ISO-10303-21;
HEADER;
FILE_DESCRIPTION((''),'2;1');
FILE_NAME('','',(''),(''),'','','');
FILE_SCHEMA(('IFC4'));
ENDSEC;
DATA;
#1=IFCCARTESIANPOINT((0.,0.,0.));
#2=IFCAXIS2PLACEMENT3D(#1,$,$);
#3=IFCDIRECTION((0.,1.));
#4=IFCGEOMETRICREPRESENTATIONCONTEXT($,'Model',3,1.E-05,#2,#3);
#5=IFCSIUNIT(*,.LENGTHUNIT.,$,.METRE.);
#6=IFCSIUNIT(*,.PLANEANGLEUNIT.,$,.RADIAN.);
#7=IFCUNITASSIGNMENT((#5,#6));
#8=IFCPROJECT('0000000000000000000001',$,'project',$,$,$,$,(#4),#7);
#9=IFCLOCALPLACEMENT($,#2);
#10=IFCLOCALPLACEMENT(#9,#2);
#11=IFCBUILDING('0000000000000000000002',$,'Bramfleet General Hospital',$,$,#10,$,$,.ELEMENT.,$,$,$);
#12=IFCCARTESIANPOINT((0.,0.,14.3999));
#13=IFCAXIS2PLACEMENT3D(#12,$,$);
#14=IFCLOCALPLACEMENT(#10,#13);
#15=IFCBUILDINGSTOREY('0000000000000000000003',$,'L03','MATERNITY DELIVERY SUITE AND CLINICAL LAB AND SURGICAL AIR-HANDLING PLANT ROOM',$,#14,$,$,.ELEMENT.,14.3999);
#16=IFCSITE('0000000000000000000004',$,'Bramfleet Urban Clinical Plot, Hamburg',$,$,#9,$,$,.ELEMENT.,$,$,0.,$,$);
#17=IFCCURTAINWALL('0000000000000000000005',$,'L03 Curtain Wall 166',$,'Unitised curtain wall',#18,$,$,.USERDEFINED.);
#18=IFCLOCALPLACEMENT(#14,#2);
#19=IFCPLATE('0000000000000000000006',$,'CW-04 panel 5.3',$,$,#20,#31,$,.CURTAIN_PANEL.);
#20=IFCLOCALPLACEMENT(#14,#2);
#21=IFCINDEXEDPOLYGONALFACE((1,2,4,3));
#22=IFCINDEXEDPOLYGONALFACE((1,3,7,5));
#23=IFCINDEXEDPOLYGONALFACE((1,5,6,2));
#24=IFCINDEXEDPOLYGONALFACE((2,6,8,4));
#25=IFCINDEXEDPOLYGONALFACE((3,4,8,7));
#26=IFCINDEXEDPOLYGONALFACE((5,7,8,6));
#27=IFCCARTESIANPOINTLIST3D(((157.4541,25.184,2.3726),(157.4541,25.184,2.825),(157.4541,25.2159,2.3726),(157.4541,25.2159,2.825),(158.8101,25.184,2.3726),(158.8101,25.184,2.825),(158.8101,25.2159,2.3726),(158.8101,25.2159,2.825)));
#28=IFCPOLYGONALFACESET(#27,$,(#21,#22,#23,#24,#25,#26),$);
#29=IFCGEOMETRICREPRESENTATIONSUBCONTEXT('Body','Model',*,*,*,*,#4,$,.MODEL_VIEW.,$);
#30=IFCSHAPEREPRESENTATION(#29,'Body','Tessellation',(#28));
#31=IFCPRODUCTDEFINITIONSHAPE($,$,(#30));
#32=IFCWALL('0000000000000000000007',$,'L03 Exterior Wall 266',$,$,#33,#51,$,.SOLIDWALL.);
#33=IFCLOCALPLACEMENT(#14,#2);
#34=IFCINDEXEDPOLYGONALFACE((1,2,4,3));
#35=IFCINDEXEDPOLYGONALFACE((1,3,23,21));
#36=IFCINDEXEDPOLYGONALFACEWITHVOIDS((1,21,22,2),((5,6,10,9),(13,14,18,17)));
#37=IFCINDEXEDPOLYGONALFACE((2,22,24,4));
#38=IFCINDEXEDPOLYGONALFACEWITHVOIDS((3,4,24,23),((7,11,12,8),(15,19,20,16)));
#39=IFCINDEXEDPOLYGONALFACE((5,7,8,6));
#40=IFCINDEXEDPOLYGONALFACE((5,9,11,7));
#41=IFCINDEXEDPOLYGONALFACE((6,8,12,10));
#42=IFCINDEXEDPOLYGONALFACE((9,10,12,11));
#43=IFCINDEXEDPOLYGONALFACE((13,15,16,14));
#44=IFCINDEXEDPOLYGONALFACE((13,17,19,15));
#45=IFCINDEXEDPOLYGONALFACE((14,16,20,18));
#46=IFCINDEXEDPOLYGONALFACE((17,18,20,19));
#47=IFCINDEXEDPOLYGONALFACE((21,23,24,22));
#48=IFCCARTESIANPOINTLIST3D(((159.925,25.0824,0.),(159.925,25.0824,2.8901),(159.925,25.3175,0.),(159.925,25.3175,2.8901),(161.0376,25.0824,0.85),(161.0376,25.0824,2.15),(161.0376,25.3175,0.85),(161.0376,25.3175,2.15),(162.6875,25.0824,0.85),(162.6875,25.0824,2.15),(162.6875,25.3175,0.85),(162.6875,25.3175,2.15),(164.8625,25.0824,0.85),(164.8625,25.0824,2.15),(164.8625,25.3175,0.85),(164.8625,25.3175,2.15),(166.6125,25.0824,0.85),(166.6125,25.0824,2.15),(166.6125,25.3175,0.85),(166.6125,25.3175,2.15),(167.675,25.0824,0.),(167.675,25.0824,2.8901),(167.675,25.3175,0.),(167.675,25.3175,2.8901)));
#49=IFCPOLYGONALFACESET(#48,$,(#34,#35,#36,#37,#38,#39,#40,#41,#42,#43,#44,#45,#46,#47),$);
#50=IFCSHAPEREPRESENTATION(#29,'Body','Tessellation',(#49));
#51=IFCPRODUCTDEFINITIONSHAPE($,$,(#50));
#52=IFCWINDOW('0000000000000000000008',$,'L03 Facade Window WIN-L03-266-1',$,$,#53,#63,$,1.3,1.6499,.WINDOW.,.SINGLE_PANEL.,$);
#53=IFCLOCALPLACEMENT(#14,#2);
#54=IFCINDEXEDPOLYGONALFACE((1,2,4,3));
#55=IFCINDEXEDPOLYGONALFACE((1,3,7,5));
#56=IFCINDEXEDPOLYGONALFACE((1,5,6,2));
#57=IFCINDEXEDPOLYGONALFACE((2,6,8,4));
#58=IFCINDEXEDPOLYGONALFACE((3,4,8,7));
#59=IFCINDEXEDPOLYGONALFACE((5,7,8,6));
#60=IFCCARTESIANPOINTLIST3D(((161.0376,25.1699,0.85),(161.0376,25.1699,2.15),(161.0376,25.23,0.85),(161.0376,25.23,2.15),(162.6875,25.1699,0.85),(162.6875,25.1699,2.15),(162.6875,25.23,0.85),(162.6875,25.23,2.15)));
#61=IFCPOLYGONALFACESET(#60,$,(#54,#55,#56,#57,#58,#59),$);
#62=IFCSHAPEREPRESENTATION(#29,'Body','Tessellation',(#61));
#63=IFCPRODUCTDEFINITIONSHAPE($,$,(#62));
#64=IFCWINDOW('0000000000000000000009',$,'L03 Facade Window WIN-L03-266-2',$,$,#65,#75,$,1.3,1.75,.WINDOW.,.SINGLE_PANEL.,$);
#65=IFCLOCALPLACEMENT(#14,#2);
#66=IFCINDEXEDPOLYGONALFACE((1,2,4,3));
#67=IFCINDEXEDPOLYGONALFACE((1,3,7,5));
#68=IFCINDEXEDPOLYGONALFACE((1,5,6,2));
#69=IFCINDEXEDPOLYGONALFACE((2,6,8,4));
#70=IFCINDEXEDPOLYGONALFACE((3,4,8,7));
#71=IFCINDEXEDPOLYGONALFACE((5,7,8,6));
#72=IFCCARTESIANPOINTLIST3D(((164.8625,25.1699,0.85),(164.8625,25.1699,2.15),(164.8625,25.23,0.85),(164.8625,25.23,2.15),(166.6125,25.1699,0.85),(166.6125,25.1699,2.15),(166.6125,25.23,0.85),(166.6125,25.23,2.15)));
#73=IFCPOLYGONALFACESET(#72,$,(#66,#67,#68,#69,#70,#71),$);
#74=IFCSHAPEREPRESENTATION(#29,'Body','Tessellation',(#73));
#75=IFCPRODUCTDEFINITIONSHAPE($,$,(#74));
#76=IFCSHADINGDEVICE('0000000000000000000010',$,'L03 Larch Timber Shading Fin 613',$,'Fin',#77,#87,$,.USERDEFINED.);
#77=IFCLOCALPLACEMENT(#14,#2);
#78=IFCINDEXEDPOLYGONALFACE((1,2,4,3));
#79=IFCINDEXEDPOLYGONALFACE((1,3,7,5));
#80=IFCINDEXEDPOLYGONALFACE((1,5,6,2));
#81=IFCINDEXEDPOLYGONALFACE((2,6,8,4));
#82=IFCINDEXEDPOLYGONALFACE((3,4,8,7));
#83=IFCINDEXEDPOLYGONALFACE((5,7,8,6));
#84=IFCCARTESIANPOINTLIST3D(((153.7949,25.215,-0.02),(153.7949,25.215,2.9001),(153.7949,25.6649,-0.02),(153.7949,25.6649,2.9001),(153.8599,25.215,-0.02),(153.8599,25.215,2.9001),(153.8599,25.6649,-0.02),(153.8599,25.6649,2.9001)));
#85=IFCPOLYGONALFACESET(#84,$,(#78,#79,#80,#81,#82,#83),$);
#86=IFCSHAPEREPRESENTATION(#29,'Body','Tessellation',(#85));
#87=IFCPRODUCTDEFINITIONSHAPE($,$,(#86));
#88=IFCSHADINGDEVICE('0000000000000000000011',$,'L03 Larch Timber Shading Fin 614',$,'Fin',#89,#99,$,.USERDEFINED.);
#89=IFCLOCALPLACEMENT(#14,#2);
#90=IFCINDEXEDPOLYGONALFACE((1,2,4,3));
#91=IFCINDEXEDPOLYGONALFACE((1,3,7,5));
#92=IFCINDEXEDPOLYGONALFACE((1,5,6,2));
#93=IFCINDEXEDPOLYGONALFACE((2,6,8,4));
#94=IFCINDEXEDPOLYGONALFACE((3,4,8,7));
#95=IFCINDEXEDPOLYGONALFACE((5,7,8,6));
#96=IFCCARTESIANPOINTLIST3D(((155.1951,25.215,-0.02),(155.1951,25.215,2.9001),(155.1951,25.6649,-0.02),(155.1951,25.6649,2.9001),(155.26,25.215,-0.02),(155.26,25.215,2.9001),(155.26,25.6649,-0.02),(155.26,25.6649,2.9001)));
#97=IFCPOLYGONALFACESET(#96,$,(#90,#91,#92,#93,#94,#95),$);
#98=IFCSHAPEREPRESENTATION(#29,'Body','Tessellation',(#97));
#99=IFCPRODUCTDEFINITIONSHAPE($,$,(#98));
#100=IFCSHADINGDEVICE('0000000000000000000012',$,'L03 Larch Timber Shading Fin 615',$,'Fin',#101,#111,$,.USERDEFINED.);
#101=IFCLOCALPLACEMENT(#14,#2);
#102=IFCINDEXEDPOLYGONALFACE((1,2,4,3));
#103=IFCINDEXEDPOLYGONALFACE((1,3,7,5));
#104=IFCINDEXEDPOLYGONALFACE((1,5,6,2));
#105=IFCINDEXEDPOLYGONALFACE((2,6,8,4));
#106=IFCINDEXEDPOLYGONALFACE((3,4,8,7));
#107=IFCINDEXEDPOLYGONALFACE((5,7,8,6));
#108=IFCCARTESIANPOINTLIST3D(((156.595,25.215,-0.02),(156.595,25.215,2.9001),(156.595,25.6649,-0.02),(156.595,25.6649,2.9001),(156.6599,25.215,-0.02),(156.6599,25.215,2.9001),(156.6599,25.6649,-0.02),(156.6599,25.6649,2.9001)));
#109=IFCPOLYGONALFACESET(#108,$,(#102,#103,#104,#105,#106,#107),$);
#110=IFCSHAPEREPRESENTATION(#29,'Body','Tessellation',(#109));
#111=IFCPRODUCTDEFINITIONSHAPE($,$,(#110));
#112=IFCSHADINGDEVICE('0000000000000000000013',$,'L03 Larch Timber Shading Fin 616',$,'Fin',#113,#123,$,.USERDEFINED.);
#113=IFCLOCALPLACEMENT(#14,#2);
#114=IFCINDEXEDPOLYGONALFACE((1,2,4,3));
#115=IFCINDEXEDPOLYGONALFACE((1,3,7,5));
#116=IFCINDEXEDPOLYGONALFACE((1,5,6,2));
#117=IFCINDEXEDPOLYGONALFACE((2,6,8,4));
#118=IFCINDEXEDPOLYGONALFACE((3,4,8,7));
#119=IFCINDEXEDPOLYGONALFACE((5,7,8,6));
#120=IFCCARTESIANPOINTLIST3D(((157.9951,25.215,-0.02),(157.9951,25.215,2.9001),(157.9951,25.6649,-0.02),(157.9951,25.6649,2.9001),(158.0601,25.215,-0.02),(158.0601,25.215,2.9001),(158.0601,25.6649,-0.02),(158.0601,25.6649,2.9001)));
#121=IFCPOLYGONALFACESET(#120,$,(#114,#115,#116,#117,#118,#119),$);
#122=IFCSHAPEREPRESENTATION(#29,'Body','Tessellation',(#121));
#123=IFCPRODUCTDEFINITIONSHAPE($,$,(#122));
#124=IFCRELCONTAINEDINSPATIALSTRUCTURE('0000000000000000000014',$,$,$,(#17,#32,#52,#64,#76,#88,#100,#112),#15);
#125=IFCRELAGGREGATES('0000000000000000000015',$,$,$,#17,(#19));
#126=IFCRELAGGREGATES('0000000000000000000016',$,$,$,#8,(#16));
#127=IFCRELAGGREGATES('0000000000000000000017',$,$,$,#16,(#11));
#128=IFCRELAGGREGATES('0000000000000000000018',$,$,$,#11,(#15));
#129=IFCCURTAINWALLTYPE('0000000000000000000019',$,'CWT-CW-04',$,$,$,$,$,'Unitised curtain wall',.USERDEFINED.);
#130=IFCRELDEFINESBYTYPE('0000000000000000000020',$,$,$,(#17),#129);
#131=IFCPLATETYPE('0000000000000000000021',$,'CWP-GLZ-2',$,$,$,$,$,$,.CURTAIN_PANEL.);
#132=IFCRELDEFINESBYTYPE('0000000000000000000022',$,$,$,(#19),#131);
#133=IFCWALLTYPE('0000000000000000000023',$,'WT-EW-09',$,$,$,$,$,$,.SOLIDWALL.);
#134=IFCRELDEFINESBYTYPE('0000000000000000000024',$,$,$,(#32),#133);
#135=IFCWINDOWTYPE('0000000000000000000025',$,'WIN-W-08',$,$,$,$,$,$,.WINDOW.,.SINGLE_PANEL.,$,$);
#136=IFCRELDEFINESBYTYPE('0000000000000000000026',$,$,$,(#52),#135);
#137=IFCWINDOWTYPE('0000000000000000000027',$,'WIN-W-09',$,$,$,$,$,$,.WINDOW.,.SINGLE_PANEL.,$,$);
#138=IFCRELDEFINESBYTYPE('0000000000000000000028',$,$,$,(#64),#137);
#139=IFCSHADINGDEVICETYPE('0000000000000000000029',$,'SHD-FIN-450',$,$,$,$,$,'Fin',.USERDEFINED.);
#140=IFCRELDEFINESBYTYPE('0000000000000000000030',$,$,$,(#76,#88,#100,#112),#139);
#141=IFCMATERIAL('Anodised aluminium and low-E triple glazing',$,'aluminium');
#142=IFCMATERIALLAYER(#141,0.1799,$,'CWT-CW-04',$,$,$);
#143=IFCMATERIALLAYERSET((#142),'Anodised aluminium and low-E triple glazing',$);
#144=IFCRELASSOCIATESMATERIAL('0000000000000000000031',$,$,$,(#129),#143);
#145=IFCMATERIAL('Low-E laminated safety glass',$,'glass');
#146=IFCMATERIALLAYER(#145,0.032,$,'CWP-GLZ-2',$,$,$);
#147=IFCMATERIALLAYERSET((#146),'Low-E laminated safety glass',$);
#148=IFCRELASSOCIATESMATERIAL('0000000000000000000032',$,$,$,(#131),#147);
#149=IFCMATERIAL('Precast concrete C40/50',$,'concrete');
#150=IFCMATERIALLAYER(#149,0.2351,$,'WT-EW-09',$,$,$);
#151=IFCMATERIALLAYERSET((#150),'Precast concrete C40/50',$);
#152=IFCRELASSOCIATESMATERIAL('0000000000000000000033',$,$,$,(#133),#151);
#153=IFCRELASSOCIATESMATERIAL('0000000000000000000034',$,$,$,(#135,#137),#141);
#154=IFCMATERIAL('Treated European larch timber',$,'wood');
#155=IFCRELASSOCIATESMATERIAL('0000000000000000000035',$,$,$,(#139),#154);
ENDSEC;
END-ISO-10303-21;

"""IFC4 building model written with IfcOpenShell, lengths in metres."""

from ifc_helpers import new_model, si_unit, direction, frame, frame_2d, origin, origin_2d, place, context, subcontext, project, spatial, rectangle, extrude, material, layer, layer_set, material_profile, profile_set, type_object, element, fill, aggregate, save


model = new_model("IFC4")

# Units and contexts
model_context = context("Model", 3, precision=1e-05, world=origin(), true_north=direction((0.0, 1.0)))
body_context = subcontext(model_context, "Body", "Model", "MODEL_VIEW")
ifc_project = project(units=[si_unit("LENGTHUNIT", "METRE"), si_unit("PLANEANGLEUNIT", "RADIAN")], contexts=[model_context])

# Site, building, storey
site_placement = place(None, origin())
site = spatial("IfcSite", under=ifc_project, at=site_placement, Name="Bramfleet Urban Clinical Plot, Hamburg", CompositionType="ELEMENT", RefElevation=0.0)
building_placement = place(site_placement, origin())
building = spatial("IfcBuilding", under=site, at=building_placement, Name="Bramfleet General Hospital", CompositionType="ELEMENT")
storey_placement = place(building_placement, frame((0.0, 0.0, 14.3999)))
storey = spatial("IfcBuildingStorey", under=building, at=storey_placement, Name="L03", Description="MATERNITY DELIVERY SUITE AND CLINICAL LAB AND SURGICAL AIR-HANDLING PLANT ROOM", CompositionType="ELEMENT", Elevation=14.3999)

# Curtain wall, plate
ifc_material_1 = material(Name="Anodised aluminium and low-E triple glazing", Category="aluminium")
ifc_layer_1 = layer(ifc_material_1, 0.1799, Name="CWT-CW-04")
ifc_layer_set_1 = layer_set([ifc_layer_1], Name="Anodised aluminium and low-E triple glazing")
curtain_wall_type = type_object("IfcCurtainWallType", Name="CWT-CW-04", ElementType="Unitised curtain wall", PredefinedType="USERDEFINED", material=ifc_layer_set_1)
curtain_wall_placement = place(storey_placement, origin())
curtain_wall = element("IfcCurtainWall", 1, at=curtain_wall_placement, inside=storey, type_object=curtain_wall_type, Name="L03 Curtain Wall 166", ObjectType="Unitised curtain wall", PredefinedType="USERDEFINED")
ifc_material_2 = material(Name="Low-E laminated safety glass", Category="glass")
ifc_layer_2 = layer(ifc_material_2, 0.032, Name="CWP-GLZ-2")
ifc_layer_set_2 = layer_set([ifc_layer_2], Name="Low-E laminated safety glass")
plate_type = type_object("IfcPlateType", Name="CWP-GLZ-2", PredefinedType="CURTAIN_PANEL", material=ifc_layer_set_2)
plate_1_placement = place(storey_placement, frame((158.1321, 25.2, 2.3726), z_axis=(0.0, 0.0, 1.0), x_axis=(1.0, 0.0, 0.0)))
plate_1 = element("IfcPlate", 2, at=plate_1_placement, type_object=plate_type, Name="CW-04 panel 5.3", PredefinedType="CURTAIN_PANEL", context=body_context, shape_type="SweptSolid", body=[
    extrude(rectangle(XDim=1.356, YDim=0.032, at=origin_2d()), origin(), (0.0, 0.0, 1.0), 0.4524),
])
aggregate(curtain_wall, [plate_1])

# Wall, openings, windows
ifc_material_3 = material(Name="Precast concrete C40/50", Category="concrete")
ifc_layer_3 = layer(ifc_material_3, 0.2351, Name="WT-EW-09")
ifc_layer_set_3 = layer_set([ifc_layer_3], Name="Precast concrete C40/50")
wall_type = type_object("IfcWallType", Name="WT-EW-09", PredefinedType="SOLIDWALL", material=ifc_layer_set_3)
wall_placement = place(storey_placement, frame((159.925, 25.2, 0.0), z_axis=(0.0, 0.0, 1.0), x_axis=(1.0, 0.0, 0.0)))
wall = element("IfcWall", 3, at=wall_placement, inside=storey, type_object=wall_type, Name="L03 Exterior Wall 266", PredefinedType="SOLIDWALL", context=body_context, shape_type="SweptSolid", body=[
    extrude(rectangle(XDim=7.75, YDim=0.2351, at=frame_2d((3.875, 0.0))), origin(), (0.0, 0.0, 1.0), 2.8901),
])
opening_1_placement = place(wall_placement, frame((1.1125, 0.0, 0.8501)))
opening_1 = element("IfcOpeningElement", 4, at=opening_1_placement, cuts=wall, PredefinedType="OPENING", context=body_context, shape_type="SweptSolid", body=[
    extrude(rectangle(XDim=1.6499, YDim=1.3, at=frame_2d((0.825, 0.6499))), frame((0.0, 0.1274, 0.0), z_axis=(0.0, -1.0, 0.0), x_axis=(1.0, 0.0, 0.0)), (0.0, 0.0, 1.0), 0.2551),
])
opening_2_placement = place(wall_placement, frame((4.9375, 0.0, 0.8501)))
opening_2 = element("IfcOpeningElement", 5, at=opening_2_placement, cuts=wall, PredefinedType="OPENING", context=body_context, shape_type="SweptSolid", body=[
    extrude(rectangle(XDim=1.75, YDim=1.3, at=frame_2d((0.875, 0.6499))), frame((0.0, 0.1274, 0.0), z_axis=(0.0, -1.0, 0.0), x_axis=(1.0, 0.0, 0.0)), (0.0, 0.0, 1.0), 0.2551),
])
window_type_1 = type_object("IfcWindowType", Name="WIN-W-08", PartitioningType="SINGLE_PANEL", PredefinedType="WINDOW", material=ifc_material_1)
window_1_placement = place(opening_1_placement, origin())
window_1 = element("IfcWindow", 6, at=window_1_placement, inside=storey, type_object=window_type_1, Name="L03 Facade Window WIN-L03-266-1", OverallHeight=1.3, OverallWidth=1.6499, PartitioningType="SINGLE_PANEL", PredefinedType="WINDOW", context=body_context, shape_type="SweptSolid", body=[
    extrude(rectangle(XDim=1.6499, YDim=1.3, at=frame_2d((0.825, 0.6499))), frame((0.0, 0.03, 0.0), z_axis=(0.0, -1.0, 0.0), x_axis=(1.0, 0.0, 0.0)), (0.0, 0.0, 1.0), 0.0601),
])
fill(opening_1, window_1)
window_type_2 = type_object("IfcWindowType", Name="WIN-W-09", PartitioningType="SINGLE_PANEL", PredefinedType="WINDOW", material=ifc_material_1)
window_2_placement = place(opening_2_placement, origin())
window_2 = element("IfcWindow", 7, at=window_2_placement, inside=storey, type_object=window_type_2, Name="L03 Facade Window WIN-L03-266-2", OverallHeight=1.3, OverallWidth=1.75, PartitioningType="SINGLE_PANEL", PredefinedType="WINDOW", context=body_context, shape_type="SweptSolid", body=[
    extrude(rectangle(XDim=1.75, YDim=1.3, at=frame_2d((0.875, 0.6499))), frame((0.0, 0.03, 0.0), z_axis=(0.0, -1.0, 0.0), x_axis=(1.0, 0.0, 0.0)), (0.0, 0.0, 1.0), 0.0601),
])
fill(opening_2, window_2)

# Shading devices
ifc_material_4 = material(Name="Treated European larch timber", Category="wood")
ifc_material_profile_1 = material_profile(ifc_material_4, rectangle(XDim=0.0649, YDim=0.45, at=origin_2d()), Name="LARCH FIN 450x65")
ifc_profile_set_1 = profile_set([ifc_material_profile_1], Name="Treated European larch timber")
shading_device_type = type_object("IfcShadingDeviceType", Name="SHD-FIN-450", ElementType="Fin", PredefinedType="USERDEFINED", material=ifc_profile_set_1)
for number, where, z_axis, x_axis, name in (
    (8, (153.8274, 25.4399, -0.02), (0.0, 0.0, 1.0), (1.0, 0.0, 0.0), "L03 Larch Timber Shading Fin 613"),
    (9, (155.2275, 25.4399, -0.02), (0.0, 0.0, 1.0), (1.0, 0.0, 0.0), "L03 Larch Timber Shading Fin 614"),
    (10, (156.6274, 25.4399, -0.02), (0.0, 0.0, 1.0), (1.0, 0.0, 0.0), "L03 Larch Timber Shading Fin 615"),
    (11, (158.0276, 25.4399, -0.02), (0.0, 0.0, 1.0), (1.0, 0.0, 0.0), "L03 Larch Timber Shading Fin 616"),
):
    element("IfcShadingDevice", number, at=place(storey_placement, frame(where, z_axis=z_axis, x_axis=x_axis)), inside=storey, type_object=shading_device_type, Name=name, ObjectType="Fin", PredefinedType="USERDEFINED", context=body_context, shape_type="SweptSolid", body=[
        extrude(rectangle(XDim=0.0649, YDim=0.45, at=origin_2d()), origin(), (0.0, 0.0, 1.0), 2.9202),
    ])

save(model, "model.ifc")
